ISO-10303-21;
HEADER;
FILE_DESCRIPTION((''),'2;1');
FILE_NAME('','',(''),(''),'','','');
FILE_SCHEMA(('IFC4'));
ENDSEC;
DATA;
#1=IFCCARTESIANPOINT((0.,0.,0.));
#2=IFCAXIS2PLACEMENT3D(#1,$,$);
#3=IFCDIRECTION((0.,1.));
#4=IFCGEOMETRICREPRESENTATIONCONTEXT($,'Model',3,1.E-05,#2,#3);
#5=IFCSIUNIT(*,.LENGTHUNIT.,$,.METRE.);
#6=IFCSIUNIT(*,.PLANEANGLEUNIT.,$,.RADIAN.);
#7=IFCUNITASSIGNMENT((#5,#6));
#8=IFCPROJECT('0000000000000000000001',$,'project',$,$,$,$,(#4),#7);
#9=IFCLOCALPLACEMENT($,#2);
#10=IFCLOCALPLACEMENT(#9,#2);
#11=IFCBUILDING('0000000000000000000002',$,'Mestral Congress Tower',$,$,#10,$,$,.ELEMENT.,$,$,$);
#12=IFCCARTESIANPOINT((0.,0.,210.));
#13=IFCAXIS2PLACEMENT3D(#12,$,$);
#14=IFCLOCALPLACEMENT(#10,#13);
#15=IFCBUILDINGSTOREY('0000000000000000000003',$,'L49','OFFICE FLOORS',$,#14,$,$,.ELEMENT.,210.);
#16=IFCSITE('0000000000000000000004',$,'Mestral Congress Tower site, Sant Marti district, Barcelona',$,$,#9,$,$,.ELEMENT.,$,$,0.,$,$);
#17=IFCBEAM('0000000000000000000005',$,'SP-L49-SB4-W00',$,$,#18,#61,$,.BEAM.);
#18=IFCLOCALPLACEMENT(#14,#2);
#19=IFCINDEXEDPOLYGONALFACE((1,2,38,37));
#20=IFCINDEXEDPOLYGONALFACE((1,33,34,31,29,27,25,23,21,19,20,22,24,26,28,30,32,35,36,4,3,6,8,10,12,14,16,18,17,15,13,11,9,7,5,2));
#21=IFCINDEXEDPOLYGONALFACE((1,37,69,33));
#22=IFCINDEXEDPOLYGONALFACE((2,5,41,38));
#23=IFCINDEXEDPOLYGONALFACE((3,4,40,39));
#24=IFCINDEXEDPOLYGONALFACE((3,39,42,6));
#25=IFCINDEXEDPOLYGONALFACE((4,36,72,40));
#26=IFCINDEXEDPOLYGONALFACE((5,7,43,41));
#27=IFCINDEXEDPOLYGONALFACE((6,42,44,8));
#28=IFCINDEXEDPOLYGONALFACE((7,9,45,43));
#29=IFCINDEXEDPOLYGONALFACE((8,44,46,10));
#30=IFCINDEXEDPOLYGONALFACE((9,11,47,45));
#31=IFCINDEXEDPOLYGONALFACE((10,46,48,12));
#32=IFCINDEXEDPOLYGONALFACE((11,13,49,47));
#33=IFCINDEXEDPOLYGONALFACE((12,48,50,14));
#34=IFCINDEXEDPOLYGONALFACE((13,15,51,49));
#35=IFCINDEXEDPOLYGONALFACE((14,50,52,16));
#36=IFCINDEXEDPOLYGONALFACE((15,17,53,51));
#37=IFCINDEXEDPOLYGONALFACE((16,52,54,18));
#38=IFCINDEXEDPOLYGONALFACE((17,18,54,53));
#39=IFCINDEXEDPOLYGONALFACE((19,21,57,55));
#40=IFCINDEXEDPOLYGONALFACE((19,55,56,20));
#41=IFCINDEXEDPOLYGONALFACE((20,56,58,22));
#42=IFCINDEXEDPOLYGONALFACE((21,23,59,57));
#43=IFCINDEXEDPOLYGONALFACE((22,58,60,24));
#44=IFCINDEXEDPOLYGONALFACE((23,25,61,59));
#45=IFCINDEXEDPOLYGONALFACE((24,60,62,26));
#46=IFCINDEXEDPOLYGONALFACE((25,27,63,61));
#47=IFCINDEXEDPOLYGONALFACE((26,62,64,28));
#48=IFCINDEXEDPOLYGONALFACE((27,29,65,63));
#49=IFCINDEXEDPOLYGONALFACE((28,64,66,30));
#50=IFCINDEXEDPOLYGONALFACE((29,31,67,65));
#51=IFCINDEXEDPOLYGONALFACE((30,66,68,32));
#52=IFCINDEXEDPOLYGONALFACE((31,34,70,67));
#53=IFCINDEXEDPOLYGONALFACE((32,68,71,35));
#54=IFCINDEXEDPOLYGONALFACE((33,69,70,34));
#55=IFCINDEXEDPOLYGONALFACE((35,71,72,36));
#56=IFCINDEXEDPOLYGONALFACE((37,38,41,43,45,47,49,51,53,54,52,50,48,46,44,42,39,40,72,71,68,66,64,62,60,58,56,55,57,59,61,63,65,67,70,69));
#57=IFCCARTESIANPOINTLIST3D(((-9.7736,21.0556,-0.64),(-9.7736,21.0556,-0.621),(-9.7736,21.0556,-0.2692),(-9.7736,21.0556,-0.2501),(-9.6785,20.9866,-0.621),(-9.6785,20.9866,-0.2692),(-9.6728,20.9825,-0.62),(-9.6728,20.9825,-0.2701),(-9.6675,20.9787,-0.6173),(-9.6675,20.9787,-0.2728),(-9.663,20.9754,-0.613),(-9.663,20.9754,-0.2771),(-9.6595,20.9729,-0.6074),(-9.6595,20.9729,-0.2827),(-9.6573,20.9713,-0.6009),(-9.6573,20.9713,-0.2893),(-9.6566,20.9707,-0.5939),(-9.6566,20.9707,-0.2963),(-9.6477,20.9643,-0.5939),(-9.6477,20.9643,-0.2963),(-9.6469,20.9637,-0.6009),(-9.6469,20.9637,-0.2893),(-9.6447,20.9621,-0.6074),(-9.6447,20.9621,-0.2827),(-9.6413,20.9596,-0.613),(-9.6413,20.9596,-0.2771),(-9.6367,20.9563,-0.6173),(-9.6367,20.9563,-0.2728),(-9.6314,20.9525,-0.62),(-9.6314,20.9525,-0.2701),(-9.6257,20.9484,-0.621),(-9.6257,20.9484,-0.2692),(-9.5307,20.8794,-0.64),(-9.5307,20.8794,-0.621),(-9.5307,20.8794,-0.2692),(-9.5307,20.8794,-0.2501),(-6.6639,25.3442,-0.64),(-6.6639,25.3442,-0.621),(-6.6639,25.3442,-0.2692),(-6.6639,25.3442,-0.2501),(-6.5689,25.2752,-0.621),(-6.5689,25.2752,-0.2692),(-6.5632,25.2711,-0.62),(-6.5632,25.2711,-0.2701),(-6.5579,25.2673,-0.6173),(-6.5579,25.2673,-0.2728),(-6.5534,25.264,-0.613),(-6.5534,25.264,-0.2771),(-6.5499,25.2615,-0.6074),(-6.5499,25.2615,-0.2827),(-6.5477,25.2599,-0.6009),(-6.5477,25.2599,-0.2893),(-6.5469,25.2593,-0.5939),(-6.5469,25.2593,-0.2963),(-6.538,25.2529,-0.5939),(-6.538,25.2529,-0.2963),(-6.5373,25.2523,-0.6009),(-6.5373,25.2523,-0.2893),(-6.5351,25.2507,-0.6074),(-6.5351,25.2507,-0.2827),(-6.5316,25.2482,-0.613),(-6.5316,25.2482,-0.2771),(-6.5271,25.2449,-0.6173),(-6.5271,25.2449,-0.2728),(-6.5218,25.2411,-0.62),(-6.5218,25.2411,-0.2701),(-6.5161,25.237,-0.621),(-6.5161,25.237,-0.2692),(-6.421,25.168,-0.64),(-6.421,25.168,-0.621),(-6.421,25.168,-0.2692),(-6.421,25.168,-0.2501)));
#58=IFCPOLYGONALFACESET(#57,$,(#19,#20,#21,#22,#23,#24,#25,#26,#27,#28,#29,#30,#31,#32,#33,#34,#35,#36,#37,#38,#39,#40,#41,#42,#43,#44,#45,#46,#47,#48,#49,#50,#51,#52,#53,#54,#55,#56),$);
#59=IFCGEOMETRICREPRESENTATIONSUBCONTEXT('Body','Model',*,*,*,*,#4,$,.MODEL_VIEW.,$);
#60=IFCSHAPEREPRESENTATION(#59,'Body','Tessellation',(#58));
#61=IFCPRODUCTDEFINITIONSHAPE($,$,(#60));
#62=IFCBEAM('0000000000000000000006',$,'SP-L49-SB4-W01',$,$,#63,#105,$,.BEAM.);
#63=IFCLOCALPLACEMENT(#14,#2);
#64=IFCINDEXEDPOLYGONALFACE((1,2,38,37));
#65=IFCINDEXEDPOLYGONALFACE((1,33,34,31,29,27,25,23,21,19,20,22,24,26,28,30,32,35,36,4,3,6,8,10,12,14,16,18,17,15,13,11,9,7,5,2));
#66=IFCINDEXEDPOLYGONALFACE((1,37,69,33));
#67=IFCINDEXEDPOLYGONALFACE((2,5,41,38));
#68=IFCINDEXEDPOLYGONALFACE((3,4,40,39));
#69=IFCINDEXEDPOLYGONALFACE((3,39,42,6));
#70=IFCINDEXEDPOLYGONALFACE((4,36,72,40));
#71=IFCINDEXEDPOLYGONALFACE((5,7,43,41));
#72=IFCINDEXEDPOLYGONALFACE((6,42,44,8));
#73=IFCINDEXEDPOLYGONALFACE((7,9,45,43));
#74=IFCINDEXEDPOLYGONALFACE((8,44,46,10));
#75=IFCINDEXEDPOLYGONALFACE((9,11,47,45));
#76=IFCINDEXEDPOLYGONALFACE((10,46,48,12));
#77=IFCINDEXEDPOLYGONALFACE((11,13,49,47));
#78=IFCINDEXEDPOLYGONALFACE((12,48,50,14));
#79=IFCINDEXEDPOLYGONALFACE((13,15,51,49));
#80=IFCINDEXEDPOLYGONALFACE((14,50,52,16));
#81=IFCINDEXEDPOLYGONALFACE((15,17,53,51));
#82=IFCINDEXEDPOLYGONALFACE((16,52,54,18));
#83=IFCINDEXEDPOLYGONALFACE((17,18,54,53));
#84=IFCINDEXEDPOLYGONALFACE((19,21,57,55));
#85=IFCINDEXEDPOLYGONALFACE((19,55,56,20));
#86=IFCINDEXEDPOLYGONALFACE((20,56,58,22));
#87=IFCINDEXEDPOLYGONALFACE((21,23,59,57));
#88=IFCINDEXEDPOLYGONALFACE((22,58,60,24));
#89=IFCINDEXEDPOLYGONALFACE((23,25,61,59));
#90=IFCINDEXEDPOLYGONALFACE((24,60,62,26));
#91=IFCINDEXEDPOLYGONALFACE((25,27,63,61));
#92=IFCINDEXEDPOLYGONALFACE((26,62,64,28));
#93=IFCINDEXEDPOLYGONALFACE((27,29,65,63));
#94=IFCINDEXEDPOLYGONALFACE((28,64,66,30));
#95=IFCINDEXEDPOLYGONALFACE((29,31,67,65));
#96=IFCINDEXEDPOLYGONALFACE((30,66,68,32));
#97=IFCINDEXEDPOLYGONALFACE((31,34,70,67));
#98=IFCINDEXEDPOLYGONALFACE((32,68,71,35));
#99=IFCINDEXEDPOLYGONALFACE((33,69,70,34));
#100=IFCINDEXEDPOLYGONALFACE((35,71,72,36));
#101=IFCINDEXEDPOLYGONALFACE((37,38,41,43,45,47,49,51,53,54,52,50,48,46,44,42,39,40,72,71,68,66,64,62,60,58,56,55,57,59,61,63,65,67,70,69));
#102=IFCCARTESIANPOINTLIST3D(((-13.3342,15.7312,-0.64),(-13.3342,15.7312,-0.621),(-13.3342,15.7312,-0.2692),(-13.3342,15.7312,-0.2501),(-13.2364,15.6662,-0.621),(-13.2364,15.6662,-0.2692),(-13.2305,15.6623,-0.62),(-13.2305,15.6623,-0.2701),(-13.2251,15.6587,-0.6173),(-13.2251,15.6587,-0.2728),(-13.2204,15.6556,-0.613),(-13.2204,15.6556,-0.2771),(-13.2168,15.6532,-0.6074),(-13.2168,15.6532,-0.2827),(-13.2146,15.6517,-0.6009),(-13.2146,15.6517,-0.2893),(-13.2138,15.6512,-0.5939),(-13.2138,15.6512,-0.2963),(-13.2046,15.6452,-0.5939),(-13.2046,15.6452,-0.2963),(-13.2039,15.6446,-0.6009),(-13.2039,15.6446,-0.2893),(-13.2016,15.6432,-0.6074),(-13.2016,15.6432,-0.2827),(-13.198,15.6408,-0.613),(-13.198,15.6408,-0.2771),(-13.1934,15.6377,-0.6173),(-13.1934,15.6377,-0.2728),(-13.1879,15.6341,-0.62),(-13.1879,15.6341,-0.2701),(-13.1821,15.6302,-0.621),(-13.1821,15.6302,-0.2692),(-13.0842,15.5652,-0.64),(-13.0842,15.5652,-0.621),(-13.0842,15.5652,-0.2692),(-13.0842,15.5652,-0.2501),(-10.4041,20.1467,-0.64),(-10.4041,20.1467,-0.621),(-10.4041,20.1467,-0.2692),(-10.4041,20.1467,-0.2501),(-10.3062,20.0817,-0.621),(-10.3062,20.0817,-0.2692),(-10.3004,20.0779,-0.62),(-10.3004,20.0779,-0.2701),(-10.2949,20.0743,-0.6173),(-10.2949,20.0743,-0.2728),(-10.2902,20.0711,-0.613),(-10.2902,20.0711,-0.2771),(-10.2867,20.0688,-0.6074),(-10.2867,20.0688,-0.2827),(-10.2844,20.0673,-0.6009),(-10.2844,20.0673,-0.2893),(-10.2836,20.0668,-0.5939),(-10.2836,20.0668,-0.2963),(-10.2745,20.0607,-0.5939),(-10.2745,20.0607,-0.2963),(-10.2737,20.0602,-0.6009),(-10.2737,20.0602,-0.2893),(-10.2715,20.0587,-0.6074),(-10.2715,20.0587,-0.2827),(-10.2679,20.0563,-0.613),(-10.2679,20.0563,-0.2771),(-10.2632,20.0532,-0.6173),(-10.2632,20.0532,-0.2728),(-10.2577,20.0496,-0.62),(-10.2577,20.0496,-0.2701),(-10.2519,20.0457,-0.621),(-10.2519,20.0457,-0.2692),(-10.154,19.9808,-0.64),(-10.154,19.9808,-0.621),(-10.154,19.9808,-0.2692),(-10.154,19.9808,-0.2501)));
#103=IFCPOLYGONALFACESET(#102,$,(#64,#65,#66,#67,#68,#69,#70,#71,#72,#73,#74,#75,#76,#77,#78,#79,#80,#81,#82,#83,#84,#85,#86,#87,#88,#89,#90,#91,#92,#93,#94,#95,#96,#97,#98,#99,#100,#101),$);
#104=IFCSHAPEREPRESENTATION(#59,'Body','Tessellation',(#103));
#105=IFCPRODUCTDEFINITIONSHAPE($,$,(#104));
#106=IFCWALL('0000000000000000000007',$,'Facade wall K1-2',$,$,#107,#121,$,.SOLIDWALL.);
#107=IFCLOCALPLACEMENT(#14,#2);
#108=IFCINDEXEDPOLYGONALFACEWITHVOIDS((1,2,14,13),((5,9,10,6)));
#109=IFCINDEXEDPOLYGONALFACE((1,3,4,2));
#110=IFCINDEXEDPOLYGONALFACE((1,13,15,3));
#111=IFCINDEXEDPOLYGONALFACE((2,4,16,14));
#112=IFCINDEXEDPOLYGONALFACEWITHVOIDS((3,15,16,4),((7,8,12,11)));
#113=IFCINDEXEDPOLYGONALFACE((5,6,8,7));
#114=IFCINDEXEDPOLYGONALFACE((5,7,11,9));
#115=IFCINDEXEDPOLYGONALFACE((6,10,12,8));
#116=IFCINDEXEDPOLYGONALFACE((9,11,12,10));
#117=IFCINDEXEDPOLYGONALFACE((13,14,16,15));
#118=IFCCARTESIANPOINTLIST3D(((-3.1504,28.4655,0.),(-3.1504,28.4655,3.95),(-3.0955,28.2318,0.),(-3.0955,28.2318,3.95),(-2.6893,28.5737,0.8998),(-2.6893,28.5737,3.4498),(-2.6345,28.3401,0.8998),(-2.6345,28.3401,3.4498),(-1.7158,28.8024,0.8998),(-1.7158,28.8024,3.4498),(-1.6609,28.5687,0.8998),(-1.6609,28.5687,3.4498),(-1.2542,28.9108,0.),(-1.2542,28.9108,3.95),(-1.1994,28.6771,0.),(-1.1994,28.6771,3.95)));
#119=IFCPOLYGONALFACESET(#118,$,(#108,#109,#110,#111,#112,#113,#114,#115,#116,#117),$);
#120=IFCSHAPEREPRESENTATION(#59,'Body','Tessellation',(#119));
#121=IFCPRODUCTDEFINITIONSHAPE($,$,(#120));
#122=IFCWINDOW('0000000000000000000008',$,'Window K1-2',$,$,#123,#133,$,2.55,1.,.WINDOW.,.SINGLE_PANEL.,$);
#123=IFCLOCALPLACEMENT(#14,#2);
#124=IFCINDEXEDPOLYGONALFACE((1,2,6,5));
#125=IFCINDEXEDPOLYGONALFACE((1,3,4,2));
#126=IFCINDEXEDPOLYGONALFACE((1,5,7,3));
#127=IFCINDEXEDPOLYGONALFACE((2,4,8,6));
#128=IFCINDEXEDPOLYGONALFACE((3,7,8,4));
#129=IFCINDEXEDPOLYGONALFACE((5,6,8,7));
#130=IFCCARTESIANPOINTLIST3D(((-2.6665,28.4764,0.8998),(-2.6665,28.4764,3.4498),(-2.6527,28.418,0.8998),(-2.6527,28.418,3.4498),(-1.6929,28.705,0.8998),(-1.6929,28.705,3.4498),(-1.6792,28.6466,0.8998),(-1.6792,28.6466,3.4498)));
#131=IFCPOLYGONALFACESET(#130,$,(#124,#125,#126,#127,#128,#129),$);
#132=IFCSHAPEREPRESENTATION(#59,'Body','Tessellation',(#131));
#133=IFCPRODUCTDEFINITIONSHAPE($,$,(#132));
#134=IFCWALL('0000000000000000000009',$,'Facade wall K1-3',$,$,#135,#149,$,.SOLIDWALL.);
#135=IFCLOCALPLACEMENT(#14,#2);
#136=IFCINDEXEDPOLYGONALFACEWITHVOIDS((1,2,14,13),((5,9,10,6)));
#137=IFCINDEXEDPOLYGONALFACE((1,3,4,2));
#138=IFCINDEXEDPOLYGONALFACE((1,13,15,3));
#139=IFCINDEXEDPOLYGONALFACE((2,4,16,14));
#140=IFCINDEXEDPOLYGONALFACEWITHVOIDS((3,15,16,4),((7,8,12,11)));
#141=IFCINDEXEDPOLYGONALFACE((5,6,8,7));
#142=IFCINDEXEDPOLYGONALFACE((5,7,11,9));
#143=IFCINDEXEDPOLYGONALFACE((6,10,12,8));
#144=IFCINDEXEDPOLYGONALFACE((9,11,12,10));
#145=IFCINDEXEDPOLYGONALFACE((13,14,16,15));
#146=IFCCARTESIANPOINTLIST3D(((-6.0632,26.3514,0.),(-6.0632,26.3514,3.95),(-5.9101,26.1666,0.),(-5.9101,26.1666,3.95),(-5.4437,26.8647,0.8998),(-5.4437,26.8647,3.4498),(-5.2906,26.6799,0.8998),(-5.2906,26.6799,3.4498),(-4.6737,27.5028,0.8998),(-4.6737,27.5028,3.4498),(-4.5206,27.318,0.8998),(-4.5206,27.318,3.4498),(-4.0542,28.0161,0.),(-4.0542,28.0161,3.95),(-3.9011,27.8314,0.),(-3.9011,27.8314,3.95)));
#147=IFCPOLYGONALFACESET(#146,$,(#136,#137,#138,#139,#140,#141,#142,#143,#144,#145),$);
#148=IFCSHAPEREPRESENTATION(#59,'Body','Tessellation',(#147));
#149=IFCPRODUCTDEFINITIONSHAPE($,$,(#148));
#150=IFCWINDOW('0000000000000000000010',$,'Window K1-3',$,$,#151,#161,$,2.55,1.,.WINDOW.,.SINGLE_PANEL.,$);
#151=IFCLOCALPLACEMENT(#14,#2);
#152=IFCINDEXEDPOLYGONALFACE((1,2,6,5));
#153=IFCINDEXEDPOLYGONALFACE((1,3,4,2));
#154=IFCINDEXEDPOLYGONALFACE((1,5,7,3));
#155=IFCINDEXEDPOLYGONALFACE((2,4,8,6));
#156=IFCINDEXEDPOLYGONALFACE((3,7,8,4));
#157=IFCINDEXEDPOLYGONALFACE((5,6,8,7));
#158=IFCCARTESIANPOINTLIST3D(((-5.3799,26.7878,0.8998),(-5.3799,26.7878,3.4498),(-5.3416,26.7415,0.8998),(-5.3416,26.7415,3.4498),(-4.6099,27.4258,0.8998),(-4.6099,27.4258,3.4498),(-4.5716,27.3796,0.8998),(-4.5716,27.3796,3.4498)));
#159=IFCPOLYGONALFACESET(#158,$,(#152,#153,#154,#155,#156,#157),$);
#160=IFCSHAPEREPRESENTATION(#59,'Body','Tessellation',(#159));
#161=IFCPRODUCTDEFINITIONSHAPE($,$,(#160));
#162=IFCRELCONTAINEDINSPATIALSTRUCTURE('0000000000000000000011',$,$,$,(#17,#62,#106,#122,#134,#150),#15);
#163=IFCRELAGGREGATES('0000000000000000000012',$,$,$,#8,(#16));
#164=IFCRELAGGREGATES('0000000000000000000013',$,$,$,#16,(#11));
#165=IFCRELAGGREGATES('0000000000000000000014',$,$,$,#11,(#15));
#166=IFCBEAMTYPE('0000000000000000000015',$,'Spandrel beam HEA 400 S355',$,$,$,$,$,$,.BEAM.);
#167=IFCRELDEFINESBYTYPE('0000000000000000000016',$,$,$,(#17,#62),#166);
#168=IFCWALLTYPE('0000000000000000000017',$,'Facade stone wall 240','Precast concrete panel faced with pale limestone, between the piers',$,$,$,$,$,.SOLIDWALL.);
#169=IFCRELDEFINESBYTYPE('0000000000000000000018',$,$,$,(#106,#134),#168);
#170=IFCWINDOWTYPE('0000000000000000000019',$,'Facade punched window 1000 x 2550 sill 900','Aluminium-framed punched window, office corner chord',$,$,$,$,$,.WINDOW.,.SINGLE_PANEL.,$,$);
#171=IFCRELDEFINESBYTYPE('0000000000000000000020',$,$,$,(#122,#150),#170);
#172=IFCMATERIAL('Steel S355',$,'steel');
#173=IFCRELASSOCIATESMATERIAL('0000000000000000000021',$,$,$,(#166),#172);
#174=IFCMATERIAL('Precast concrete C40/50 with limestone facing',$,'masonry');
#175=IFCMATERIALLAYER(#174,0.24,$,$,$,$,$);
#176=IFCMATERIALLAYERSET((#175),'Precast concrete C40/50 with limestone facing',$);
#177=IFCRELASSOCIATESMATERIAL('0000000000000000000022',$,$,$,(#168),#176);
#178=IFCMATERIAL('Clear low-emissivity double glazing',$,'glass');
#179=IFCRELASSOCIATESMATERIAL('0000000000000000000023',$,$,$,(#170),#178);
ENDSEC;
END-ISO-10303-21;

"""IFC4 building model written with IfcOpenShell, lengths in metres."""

from ifc_helpers import new_model, si_unit, direction, frame, frame_2d, origin, origin_2d, place, context, subcontext, project, spatial, rectangle, i_section, extrude, material, layer, layer_set, material_profile, profile_set, type_object, element, fill, save


model = new_model("IFC4")

# Units and contexts
model_context = context("Model", 3, precision=1e-05, world=origin(), true_north=direction((0.0, 1.0)))
body_context = subcontext(model_context, "Body", "Model", "MODEL_VIEW")
ifc_project = project(units=[si_unit("LENGTHUNIT", "METRE"), si_unit("PLANEANGLEUNIT", "RADIAN")], contexts=[model_context])

# Site, building, storey
site_placement = place(None, origin())
site = spatial("IfcSite", under=ifc_project, at=site_placement, Name="Mestral Congress Tower site, Sant Marti district, Barcelona", CompositionType="ELEMENT", RefElevation=0.0)
building_placement = place(site_placement, origin())
building = spatial("IfcBuilding", under=site, at=building_placement, Name="Mestral Congress Tower", CompositionType="ELEMENT")
storey_placement = place(building_placement, frame((0.0, 0.0, 210.0)))
storey = spatial("IfcBuildingStorey", under=building, at=storey_placement, Name="L49", Description="OFFICE FLOORS", CompositionType="ELEMENT", Elevation=210.0)

# Beams
ifc_material_1 = material(Name="Steel S355", Category="steel")
ifc_material_profile_1 = material_profile(ifc_material_1, i_section(OverallWidth=0.3, OverallDepth=0.3899, WebThickness=0.011, FlangeThickness=0.019, FilletRadius=0.0271, at=origin_2d()), Name="HEA 400")
ifc_profile_set_1 = profile_set([ifc_material_profile_1], Name="Steel S355")
beam_type_1 = type_object("IfcBeamType", Name="Spandrel beam HEA 400 S355", PredefinedType="BEAM", material=ifc_profile_set_1)
beam_1_placement = place(storey_placement, frame((-6.5425, 25.2561, -0.4451), z_axis=(-0.587017, -0.809574, 0.0), x_axis=(0.809574, -0.587017, 0.0)))
element("IfcBeam", 1, at=beam_1_placement, inside=storey, type_object=beam_type_1, Name="SP-L49-SB4-W00", PredefinedType="BEAM", context=body_context, shape_type="SweptSolid", body=[
    extrude(i_section(OverallWidth=0.3, OverallDepth=0.3899, WebThickness=0.011, FlangeThickness=0.019, FilletRadius=0.0271, at=origin_2d()), origin(), (0.0, 0.0, 1.0), 5.2974),
])
beam_2_placement = place(storey_placement, frame((-10.2791, 20.0637, -0.4451), z_axis=(-0.552934, -0.833225, 0.0), x_axis=(0.833225, -0.552934, 0.0)))
element("IfcBeam", 2, at=beam_2_placement, inside=storey, type_object=beam_type_1, Name="SP-L49-SB4-W01", PredefinedType="BEAM", context=body_context, shape_type="SweptSolid", body=[
    extrude(i_section(OverallWidth=0.3, OverallDepth=0.3899, WebThickness=0.011, FlangeThickness=0.019, FilletRadius=0.0271, at=origin_2d()), origin(), (0.0, 0.0, 1.0), 5.2993),
])

# Walls, openings, windows
ifc_material_2 = material(Name="Precast concrete C40/50 with limestone facing", Category="masonry")
ifc_layer_1 = layer(ifc_material_2, 0.24)
ifc_layer_set_1 = layer_set([ifc_layer_1], Name="Precast concrete C40/50 with limestone facing")
wall_type_1 = type_object("IfcWallType", Name="Facade stone wall 240", Description="Precast concrete panel faced with pale limestone, between the piers", PredefinedType="SOLIDWALL", material=ifc_layer_set_1)
wall_1_placement = place(storey_placement, frame((-1.2268, 28.7939, 0.0), z_axis=(0.0, 0.0, 1.0), x_axis=(-0.973516, -0.22862, 0.0)))
wall_1 = element("IfcWall", 3, at=wall_1_placement, inside=storey, type_object=wall_type_1, Name="Facade wall K1-2", PredefinedType="SOLIDWALL", context=body_context, shape_type="SweptSolid", body=[
    extrude(rectangle(XDim=1.9478, YDim=0.24, at=frame_2d((0.9739, 0.0))), origin(), (0.0, 0.0, 1.0), 3.95),
])
opening_1_placement = place(wall_1_placement, frame((0.4741, 0.0, 0.8999)))
opening_1 = element("IfcOpeningElement", 4, at=opening_1_placement, cuts=wall_1, PredefinedType="OPENING", context=body_context, shape_type="SweptSolid", body=[
    extrude(rectangle(XDim=1.0, YDim=2.55, at=frame_2d((0.5, 1.2749))), frame((0.0, 0.1299, 0.0), z_axis=(0.0, -1.0, 0.0), x_axis=(1.0, 0.0, 0.0)), (0.0, 0.0, 1.0), 0.26),
])
ifc_material_3 = material(Name="Clear low-emissivity double glazing", Category="glass")
window_type_1 = type_object("IfcWindowType", Name="Facade punched window 1000 x 2550 sill 900", Description="Aluminium-framed punched window, office corner chord", PartitioningType="SINGLE_PANEL", PredefinedType="WINDOW", material=ifc_material_3)
window_1_placement = place(opening_1_placement, origin())
window_1 = element("IfcWindow", 5, at=window_1_placement, inside=storey, type_object=window_type_1, Name="Window K1-2", OverallHeight=2.55, OverallWidth=1.0, PartitioningType="SINGLE_PANEL", PredefinedType="WINDOW", context=body_context, shape_type="SweptSolid", body=[
    extrude(rectangle(XDim=1.0, YDim=2.55, at=frame_2d((0.5, 1.2749))), frame((0.0, 0.04, 0.0), z_axis=(0.0, -1.0, 0.0), x_axis=(1.0, 0.0, 0.0)), (0.0, 0.0, 1.0), 0.0601),
])
fill(opening_1, window_1)
wall_2_placement = place(storey_placement, frame((-3.9775, 27.9238, 0.0), z_axis=(0.0, 0.0, 1.0), x_axis=(-0.76999, -0.638056, 0.0)))
wall_2 = element("IfcWall", 6, at=wall_2_placement, inside=storey, type_object=wall_type_1, Name="Facade wall K1-3", PredefinedType="SOLIDWALL", context=body_context, shape_type="SweptSolid", body=[
    extrude(rectangle(XDim=2.6091, YDim=0.24, at=frame_2d((1.3047, 0.0))), origin(), (0.0, 0.0, 1.0), 3.95),
])
opening_2_placement = place(wall_2_placement, frame((0.8047, 0.0, 0.8999)))
opening_2 = element("IfcOpeningElement", 7, at=opening_2_placement, cuts=wall_2, PredefinedType="OPENING", context=body_context, shape_type="SweptSolid", body=[
    extrude(rectangle(XDim=1.0, YDim=2.55, at=frame_2d((0.5, 1.2749))), frame((0.0, 0.1299, 0.0), z_axis=(0.0, -1.0, 0.0), x_axis=(1.0, 0.0, 0.0)), (0.0, 0.0, 1.0), 0.26),
])
window_2_placement = place(opening_2_placement, origin())
window_2 = element("IfcWindow", 8, at=window_2_placement, inside=storey, type_object=window_type_1, Name="Window K1-3", OverallHeight=2.55, OverallWidth=1.0, PartitioningType="SINGLE_PANEL", PredefinedType="WINDOW", context=body_context, shape_type="SweptSolid", body=[
    extrude(rectangle(XDim=1.0, YDim=2.55, at=frame_2d((0.5, 1.2749))), frame((0.0, 0.04, 0.0), z_axis=(0.0, -1.0, 0.0), x_axis=(1.0, 0.0, 0.0)), (0.0, 0.0, 1.0), 0.0601),
])
fill(opening_2, window_2)

save(model, "model.ifc")
